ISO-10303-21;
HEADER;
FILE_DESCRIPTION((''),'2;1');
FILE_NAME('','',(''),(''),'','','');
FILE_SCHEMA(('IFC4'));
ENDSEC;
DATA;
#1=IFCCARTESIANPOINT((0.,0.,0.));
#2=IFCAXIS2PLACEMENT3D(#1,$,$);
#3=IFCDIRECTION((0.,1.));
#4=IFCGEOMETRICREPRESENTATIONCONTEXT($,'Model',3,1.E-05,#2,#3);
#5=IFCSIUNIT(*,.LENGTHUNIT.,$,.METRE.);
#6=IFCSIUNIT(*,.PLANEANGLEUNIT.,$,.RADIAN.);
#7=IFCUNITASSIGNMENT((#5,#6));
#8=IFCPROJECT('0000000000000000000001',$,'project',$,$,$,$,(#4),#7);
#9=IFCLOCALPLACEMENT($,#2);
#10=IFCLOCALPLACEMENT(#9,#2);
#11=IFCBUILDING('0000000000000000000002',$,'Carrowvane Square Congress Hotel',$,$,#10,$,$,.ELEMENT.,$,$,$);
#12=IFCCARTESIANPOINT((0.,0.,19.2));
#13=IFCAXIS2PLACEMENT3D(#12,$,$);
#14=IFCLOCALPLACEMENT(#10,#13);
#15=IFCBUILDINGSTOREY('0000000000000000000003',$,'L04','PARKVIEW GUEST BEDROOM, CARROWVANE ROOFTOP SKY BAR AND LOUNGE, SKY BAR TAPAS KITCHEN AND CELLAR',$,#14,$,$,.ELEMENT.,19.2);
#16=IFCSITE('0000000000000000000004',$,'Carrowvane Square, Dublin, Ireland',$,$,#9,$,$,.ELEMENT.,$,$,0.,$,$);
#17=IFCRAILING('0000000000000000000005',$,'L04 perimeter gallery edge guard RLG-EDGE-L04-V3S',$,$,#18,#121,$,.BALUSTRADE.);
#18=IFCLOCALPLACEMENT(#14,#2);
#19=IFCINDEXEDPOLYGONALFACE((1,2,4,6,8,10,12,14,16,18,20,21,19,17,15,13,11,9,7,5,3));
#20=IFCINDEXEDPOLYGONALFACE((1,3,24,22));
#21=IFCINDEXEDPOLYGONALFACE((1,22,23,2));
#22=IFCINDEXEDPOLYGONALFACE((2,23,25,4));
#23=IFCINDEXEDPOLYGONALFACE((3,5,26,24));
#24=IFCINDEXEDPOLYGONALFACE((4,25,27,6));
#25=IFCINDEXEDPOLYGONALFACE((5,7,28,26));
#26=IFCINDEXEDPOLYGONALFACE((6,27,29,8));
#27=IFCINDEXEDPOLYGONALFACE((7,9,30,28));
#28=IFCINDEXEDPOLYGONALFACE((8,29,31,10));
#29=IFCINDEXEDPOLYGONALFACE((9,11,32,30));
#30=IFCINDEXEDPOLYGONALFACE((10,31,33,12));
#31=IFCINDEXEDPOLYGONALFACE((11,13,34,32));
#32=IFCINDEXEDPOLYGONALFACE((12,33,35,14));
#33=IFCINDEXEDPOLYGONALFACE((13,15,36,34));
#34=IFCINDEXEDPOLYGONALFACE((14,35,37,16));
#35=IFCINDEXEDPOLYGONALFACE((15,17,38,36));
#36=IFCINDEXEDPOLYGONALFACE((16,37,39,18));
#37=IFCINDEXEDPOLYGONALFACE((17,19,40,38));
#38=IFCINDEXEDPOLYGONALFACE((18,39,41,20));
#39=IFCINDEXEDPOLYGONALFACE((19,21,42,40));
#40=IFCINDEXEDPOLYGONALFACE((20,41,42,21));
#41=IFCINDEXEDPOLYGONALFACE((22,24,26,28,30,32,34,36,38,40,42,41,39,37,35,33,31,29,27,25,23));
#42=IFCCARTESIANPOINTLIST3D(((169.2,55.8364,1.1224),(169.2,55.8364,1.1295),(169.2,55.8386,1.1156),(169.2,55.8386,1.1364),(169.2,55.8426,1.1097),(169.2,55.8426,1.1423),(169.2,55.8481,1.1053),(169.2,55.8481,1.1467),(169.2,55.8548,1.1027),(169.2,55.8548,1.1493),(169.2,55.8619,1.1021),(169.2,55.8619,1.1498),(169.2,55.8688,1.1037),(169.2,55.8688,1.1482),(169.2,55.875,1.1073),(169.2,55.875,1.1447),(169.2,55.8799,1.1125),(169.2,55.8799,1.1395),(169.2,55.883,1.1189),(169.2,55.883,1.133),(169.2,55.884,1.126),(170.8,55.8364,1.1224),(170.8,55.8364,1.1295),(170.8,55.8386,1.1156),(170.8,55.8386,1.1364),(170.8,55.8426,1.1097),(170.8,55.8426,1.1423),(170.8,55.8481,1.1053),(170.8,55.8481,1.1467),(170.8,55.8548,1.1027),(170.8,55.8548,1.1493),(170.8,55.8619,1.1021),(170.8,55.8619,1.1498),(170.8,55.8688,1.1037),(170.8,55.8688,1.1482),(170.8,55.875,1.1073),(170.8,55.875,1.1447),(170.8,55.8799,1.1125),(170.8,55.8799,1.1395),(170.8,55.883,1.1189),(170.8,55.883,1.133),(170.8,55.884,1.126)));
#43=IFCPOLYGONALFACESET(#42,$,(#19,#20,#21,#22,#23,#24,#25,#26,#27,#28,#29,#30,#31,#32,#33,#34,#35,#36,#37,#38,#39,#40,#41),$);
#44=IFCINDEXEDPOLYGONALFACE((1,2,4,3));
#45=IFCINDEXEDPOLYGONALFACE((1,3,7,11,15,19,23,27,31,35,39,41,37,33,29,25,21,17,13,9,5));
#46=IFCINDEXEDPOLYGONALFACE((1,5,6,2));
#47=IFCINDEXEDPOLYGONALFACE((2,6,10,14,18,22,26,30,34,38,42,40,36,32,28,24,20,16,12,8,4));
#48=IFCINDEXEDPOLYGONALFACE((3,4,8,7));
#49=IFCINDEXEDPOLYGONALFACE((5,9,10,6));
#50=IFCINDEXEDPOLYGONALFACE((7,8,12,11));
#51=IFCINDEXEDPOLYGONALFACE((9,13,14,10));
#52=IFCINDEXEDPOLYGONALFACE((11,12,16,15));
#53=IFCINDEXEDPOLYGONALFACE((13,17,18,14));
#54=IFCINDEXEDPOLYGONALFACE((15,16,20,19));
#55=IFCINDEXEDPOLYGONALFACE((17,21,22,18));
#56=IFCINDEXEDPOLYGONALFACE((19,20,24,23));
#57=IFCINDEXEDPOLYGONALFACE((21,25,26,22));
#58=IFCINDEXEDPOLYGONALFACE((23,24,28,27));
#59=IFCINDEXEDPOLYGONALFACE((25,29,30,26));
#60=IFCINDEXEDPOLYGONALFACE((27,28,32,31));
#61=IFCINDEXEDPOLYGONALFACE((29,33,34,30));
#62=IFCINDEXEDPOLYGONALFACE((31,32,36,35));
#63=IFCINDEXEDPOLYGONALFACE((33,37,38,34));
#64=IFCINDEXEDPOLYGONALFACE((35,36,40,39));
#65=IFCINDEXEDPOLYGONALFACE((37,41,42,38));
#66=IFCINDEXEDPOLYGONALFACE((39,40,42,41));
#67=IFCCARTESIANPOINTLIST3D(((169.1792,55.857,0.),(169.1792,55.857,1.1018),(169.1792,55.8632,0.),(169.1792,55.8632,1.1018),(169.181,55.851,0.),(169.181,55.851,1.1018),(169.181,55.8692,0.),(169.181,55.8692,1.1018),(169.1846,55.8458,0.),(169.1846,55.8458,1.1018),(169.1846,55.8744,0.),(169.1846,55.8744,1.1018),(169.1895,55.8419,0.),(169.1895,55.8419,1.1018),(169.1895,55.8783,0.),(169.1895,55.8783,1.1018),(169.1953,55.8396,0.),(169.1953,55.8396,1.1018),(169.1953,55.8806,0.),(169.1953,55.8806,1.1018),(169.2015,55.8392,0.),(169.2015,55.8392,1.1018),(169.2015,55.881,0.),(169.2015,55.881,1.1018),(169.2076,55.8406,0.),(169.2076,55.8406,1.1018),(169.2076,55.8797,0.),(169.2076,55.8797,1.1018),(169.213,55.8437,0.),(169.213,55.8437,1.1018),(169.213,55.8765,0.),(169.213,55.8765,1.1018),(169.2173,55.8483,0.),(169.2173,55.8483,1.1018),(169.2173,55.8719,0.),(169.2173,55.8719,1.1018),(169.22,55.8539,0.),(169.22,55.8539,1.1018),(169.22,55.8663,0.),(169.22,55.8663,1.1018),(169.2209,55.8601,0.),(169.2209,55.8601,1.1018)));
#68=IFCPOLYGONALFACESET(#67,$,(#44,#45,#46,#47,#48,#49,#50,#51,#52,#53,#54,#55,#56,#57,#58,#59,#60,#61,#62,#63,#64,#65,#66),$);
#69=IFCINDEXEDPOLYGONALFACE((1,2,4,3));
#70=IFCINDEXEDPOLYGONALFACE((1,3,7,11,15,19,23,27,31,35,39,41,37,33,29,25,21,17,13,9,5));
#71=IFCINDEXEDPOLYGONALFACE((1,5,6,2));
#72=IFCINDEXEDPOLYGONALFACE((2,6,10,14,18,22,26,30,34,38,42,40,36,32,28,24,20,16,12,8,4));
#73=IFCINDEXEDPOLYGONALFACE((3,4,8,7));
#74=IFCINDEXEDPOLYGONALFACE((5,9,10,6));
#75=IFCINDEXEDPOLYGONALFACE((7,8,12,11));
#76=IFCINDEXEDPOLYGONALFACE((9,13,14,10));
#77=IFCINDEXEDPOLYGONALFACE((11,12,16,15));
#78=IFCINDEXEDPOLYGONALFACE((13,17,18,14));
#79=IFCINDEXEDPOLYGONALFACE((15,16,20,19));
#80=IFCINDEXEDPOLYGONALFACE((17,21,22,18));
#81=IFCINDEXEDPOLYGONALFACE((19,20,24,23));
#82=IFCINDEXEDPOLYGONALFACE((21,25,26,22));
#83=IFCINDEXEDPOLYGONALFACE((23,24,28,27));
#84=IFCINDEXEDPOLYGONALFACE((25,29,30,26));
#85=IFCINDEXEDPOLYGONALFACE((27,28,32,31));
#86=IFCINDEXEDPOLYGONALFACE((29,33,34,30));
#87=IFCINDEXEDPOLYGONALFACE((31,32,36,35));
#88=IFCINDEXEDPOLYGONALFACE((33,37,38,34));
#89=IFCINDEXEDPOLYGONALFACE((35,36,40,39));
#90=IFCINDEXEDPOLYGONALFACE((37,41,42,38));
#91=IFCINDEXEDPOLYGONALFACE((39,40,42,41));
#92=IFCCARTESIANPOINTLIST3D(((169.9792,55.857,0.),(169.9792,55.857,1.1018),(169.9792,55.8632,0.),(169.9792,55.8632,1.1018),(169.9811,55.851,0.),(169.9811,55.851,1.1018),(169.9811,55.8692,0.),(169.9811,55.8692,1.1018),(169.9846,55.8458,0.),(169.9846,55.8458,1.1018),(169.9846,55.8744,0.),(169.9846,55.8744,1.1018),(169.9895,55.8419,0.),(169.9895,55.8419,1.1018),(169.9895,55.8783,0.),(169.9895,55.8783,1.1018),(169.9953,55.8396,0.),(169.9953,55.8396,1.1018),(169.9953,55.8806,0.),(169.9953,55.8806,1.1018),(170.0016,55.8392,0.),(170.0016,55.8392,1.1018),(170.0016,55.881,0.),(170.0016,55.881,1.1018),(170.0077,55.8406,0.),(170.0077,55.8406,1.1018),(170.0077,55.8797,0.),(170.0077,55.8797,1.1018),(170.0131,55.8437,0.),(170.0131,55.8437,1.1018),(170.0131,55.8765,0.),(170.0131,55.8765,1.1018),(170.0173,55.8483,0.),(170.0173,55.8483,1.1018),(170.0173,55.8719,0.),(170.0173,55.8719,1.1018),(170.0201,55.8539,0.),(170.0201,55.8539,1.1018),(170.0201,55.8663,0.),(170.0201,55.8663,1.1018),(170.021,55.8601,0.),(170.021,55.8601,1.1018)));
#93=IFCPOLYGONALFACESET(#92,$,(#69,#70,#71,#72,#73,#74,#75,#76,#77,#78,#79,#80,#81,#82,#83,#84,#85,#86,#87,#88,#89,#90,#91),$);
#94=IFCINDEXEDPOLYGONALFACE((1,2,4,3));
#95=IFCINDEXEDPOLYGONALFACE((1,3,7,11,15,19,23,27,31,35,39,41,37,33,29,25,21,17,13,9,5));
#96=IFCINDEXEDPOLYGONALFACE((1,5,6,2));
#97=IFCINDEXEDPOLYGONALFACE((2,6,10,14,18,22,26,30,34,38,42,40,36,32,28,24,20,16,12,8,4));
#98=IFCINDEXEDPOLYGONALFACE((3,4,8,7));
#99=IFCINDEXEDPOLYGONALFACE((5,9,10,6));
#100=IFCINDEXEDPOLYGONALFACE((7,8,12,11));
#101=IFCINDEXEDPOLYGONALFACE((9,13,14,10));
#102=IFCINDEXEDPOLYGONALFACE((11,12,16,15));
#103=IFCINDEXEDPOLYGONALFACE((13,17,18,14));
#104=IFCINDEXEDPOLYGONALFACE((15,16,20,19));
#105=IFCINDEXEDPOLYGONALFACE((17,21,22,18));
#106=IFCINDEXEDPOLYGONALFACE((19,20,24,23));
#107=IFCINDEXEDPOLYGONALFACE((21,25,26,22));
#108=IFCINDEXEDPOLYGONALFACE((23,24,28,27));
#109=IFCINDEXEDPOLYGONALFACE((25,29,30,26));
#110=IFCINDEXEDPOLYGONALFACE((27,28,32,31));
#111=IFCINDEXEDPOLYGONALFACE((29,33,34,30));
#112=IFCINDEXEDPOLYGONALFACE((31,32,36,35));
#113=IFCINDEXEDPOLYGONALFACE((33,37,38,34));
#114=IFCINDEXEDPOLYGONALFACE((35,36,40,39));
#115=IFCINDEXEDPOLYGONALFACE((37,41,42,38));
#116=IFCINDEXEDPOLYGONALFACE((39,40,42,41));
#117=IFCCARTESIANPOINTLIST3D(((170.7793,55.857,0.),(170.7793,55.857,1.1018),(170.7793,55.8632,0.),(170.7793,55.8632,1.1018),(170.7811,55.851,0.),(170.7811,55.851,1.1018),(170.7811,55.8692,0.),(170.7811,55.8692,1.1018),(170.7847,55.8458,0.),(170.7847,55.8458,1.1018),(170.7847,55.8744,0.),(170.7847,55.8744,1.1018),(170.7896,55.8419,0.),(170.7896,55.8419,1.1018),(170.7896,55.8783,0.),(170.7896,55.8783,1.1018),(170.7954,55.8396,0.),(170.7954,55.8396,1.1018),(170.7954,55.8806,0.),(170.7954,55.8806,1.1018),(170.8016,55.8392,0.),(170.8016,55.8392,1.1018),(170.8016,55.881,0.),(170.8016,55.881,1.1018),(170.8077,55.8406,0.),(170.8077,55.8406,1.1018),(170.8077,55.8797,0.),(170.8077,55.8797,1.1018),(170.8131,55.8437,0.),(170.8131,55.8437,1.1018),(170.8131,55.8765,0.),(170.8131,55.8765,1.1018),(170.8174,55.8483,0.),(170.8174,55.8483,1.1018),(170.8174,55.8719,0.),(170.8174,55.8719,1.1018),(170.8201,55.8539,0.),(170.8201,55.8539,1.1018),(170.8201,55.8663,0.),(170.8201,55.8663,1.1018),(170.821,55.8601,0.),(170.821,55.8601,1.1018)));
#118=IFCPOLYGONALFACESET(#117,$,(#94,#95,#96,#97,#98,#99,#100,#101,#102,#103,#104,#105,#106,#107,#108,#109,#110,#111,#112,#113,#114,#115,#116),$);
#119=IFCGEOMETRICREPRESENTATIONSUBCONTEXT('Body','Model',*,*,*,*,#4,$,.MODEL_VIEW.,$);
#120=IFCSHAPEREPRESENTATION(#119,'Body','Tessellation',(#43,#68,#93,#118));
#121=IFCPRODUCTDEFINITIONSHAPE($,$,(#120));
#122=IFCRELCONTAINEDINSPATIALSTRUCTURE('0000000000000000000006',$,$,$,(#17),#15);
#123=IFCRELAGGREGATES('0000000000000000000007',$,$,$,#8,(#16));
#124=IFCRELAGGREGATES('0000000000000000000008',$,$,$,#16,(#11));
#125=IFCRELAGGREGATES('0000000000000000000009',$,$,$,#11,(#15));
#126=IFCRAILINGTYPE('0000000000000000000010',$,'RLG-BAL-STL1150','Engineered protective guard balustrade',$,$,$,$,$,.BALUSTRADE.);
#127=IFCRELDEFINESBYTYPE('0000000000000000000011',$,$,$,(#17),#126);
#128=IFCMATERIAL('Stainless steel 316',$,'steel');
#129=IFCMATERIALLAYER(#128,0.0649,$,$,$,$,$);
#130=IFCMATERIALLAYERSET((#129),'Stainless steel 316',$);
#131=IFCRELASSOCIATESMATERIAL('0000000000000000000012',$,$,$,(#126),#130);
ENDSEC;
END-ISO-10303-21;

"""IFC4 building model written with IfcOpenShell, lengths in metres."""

from ifc_helpers import new_model, si_unit, direction, frame, origin, origin_2d, place, context, subcontext, project, spatial, circle, extrude, material, layer, layer_set, type_object, element, save


model = new_model("IFC4")

# Units and contexts
model_context = context("Model", 3, precision=1e-05, world=origin(), true_north=direction((0.0, 1.0)))
body_context = subcontext(model_context, "Body", "Model", "MODEL_VIEW")
ifc_project = project(units=[si_unit("LENGTHUNIT", "METRE"), si_unit("PLANEANGLEUNIT", "RADIAN")], contexts=[model_context])

# Site, building, storey
site_placement = place(None, origin())
site = spatial("IfcSite", under=ifc_project, at=site_placement, Name="Carrowvane Square, Dublin, Ireland", CompositionType="ELEMENT", RefElevation=0.0)
building_placement = place(site_placement, origin())
building = spatial("IfcBuilding", under=site, at=building_placement, Name="Carrowvane Square Congress Hotel", CompositionType="ELEMENT")
storey_placement = place(building_placement, frame((0.0, 0.0, 19.2)))
storey = spatial("IfcBuildingStorey", under=building, at=storey_placement, Name="L04", Description="PARKVIEW GUEST BEDROOM, CARROWVANE ROOFTOP SKY BAR AND LOUNGE, SKY BAR TAPAS KITCHEN AND CELLAR", CompositionType="ELEMENT", Elevation=19.2)

# Railing
ifc_material_1 = material(Name="Stainless steel 316", Category="steel")
ifc_layer_1 = layer(ifc_material_1, 0.0649)
ifc_layer_set_1 = layer_set([ifc_layer_1], Name="Stainless steel 316")
railing_type = type_object("IfcRailingType", Name="RLG-BAL-STL1150", Description="Engineered protective guard balustrade", PredefinedType="BALUSTRADE", material=ifc_layer_set_1)
railing_placement = place(storey_placement, frame((169.2, 55.8601, 0.0)))
element("IfcRailing", 1, at=railing_placement, inside=storey, type_object=railing_type, Name="L04 perimeter gallery edge guard RLG-EDGE-L04-V3S", PredefinedType="BALUSTRADE", context=body_context, shape_type="SweptSolid", body=[
    extrude(circle(Radius=0.0239, at=origin_2d()), frame((0.0, 0.0, 1.126), z_axis=(1.0, 0.0, 0.0), x_axis=(0.0, 1.0, 0.0)), (0.0, 0.0, 1.0), 1.6001),
    extrude(circle(Radius=0.021, at=origin_2d()), origin(), (0.0, 0.0, 1.0), 1.1018),
    extrude(circle(Radius=0.021, at=origin_2d()), frame((0.8, 0.0, 0.0)), (0.0, 0.0, 1.0), 1.1018),
    extrude(circle(Radius=0.021, at=origin_2d()), frame((1.6001, 0.0, 0.0)), (0.0, 0.0, 1.0), 1.1018),
])

save(model, "model.ifc")
